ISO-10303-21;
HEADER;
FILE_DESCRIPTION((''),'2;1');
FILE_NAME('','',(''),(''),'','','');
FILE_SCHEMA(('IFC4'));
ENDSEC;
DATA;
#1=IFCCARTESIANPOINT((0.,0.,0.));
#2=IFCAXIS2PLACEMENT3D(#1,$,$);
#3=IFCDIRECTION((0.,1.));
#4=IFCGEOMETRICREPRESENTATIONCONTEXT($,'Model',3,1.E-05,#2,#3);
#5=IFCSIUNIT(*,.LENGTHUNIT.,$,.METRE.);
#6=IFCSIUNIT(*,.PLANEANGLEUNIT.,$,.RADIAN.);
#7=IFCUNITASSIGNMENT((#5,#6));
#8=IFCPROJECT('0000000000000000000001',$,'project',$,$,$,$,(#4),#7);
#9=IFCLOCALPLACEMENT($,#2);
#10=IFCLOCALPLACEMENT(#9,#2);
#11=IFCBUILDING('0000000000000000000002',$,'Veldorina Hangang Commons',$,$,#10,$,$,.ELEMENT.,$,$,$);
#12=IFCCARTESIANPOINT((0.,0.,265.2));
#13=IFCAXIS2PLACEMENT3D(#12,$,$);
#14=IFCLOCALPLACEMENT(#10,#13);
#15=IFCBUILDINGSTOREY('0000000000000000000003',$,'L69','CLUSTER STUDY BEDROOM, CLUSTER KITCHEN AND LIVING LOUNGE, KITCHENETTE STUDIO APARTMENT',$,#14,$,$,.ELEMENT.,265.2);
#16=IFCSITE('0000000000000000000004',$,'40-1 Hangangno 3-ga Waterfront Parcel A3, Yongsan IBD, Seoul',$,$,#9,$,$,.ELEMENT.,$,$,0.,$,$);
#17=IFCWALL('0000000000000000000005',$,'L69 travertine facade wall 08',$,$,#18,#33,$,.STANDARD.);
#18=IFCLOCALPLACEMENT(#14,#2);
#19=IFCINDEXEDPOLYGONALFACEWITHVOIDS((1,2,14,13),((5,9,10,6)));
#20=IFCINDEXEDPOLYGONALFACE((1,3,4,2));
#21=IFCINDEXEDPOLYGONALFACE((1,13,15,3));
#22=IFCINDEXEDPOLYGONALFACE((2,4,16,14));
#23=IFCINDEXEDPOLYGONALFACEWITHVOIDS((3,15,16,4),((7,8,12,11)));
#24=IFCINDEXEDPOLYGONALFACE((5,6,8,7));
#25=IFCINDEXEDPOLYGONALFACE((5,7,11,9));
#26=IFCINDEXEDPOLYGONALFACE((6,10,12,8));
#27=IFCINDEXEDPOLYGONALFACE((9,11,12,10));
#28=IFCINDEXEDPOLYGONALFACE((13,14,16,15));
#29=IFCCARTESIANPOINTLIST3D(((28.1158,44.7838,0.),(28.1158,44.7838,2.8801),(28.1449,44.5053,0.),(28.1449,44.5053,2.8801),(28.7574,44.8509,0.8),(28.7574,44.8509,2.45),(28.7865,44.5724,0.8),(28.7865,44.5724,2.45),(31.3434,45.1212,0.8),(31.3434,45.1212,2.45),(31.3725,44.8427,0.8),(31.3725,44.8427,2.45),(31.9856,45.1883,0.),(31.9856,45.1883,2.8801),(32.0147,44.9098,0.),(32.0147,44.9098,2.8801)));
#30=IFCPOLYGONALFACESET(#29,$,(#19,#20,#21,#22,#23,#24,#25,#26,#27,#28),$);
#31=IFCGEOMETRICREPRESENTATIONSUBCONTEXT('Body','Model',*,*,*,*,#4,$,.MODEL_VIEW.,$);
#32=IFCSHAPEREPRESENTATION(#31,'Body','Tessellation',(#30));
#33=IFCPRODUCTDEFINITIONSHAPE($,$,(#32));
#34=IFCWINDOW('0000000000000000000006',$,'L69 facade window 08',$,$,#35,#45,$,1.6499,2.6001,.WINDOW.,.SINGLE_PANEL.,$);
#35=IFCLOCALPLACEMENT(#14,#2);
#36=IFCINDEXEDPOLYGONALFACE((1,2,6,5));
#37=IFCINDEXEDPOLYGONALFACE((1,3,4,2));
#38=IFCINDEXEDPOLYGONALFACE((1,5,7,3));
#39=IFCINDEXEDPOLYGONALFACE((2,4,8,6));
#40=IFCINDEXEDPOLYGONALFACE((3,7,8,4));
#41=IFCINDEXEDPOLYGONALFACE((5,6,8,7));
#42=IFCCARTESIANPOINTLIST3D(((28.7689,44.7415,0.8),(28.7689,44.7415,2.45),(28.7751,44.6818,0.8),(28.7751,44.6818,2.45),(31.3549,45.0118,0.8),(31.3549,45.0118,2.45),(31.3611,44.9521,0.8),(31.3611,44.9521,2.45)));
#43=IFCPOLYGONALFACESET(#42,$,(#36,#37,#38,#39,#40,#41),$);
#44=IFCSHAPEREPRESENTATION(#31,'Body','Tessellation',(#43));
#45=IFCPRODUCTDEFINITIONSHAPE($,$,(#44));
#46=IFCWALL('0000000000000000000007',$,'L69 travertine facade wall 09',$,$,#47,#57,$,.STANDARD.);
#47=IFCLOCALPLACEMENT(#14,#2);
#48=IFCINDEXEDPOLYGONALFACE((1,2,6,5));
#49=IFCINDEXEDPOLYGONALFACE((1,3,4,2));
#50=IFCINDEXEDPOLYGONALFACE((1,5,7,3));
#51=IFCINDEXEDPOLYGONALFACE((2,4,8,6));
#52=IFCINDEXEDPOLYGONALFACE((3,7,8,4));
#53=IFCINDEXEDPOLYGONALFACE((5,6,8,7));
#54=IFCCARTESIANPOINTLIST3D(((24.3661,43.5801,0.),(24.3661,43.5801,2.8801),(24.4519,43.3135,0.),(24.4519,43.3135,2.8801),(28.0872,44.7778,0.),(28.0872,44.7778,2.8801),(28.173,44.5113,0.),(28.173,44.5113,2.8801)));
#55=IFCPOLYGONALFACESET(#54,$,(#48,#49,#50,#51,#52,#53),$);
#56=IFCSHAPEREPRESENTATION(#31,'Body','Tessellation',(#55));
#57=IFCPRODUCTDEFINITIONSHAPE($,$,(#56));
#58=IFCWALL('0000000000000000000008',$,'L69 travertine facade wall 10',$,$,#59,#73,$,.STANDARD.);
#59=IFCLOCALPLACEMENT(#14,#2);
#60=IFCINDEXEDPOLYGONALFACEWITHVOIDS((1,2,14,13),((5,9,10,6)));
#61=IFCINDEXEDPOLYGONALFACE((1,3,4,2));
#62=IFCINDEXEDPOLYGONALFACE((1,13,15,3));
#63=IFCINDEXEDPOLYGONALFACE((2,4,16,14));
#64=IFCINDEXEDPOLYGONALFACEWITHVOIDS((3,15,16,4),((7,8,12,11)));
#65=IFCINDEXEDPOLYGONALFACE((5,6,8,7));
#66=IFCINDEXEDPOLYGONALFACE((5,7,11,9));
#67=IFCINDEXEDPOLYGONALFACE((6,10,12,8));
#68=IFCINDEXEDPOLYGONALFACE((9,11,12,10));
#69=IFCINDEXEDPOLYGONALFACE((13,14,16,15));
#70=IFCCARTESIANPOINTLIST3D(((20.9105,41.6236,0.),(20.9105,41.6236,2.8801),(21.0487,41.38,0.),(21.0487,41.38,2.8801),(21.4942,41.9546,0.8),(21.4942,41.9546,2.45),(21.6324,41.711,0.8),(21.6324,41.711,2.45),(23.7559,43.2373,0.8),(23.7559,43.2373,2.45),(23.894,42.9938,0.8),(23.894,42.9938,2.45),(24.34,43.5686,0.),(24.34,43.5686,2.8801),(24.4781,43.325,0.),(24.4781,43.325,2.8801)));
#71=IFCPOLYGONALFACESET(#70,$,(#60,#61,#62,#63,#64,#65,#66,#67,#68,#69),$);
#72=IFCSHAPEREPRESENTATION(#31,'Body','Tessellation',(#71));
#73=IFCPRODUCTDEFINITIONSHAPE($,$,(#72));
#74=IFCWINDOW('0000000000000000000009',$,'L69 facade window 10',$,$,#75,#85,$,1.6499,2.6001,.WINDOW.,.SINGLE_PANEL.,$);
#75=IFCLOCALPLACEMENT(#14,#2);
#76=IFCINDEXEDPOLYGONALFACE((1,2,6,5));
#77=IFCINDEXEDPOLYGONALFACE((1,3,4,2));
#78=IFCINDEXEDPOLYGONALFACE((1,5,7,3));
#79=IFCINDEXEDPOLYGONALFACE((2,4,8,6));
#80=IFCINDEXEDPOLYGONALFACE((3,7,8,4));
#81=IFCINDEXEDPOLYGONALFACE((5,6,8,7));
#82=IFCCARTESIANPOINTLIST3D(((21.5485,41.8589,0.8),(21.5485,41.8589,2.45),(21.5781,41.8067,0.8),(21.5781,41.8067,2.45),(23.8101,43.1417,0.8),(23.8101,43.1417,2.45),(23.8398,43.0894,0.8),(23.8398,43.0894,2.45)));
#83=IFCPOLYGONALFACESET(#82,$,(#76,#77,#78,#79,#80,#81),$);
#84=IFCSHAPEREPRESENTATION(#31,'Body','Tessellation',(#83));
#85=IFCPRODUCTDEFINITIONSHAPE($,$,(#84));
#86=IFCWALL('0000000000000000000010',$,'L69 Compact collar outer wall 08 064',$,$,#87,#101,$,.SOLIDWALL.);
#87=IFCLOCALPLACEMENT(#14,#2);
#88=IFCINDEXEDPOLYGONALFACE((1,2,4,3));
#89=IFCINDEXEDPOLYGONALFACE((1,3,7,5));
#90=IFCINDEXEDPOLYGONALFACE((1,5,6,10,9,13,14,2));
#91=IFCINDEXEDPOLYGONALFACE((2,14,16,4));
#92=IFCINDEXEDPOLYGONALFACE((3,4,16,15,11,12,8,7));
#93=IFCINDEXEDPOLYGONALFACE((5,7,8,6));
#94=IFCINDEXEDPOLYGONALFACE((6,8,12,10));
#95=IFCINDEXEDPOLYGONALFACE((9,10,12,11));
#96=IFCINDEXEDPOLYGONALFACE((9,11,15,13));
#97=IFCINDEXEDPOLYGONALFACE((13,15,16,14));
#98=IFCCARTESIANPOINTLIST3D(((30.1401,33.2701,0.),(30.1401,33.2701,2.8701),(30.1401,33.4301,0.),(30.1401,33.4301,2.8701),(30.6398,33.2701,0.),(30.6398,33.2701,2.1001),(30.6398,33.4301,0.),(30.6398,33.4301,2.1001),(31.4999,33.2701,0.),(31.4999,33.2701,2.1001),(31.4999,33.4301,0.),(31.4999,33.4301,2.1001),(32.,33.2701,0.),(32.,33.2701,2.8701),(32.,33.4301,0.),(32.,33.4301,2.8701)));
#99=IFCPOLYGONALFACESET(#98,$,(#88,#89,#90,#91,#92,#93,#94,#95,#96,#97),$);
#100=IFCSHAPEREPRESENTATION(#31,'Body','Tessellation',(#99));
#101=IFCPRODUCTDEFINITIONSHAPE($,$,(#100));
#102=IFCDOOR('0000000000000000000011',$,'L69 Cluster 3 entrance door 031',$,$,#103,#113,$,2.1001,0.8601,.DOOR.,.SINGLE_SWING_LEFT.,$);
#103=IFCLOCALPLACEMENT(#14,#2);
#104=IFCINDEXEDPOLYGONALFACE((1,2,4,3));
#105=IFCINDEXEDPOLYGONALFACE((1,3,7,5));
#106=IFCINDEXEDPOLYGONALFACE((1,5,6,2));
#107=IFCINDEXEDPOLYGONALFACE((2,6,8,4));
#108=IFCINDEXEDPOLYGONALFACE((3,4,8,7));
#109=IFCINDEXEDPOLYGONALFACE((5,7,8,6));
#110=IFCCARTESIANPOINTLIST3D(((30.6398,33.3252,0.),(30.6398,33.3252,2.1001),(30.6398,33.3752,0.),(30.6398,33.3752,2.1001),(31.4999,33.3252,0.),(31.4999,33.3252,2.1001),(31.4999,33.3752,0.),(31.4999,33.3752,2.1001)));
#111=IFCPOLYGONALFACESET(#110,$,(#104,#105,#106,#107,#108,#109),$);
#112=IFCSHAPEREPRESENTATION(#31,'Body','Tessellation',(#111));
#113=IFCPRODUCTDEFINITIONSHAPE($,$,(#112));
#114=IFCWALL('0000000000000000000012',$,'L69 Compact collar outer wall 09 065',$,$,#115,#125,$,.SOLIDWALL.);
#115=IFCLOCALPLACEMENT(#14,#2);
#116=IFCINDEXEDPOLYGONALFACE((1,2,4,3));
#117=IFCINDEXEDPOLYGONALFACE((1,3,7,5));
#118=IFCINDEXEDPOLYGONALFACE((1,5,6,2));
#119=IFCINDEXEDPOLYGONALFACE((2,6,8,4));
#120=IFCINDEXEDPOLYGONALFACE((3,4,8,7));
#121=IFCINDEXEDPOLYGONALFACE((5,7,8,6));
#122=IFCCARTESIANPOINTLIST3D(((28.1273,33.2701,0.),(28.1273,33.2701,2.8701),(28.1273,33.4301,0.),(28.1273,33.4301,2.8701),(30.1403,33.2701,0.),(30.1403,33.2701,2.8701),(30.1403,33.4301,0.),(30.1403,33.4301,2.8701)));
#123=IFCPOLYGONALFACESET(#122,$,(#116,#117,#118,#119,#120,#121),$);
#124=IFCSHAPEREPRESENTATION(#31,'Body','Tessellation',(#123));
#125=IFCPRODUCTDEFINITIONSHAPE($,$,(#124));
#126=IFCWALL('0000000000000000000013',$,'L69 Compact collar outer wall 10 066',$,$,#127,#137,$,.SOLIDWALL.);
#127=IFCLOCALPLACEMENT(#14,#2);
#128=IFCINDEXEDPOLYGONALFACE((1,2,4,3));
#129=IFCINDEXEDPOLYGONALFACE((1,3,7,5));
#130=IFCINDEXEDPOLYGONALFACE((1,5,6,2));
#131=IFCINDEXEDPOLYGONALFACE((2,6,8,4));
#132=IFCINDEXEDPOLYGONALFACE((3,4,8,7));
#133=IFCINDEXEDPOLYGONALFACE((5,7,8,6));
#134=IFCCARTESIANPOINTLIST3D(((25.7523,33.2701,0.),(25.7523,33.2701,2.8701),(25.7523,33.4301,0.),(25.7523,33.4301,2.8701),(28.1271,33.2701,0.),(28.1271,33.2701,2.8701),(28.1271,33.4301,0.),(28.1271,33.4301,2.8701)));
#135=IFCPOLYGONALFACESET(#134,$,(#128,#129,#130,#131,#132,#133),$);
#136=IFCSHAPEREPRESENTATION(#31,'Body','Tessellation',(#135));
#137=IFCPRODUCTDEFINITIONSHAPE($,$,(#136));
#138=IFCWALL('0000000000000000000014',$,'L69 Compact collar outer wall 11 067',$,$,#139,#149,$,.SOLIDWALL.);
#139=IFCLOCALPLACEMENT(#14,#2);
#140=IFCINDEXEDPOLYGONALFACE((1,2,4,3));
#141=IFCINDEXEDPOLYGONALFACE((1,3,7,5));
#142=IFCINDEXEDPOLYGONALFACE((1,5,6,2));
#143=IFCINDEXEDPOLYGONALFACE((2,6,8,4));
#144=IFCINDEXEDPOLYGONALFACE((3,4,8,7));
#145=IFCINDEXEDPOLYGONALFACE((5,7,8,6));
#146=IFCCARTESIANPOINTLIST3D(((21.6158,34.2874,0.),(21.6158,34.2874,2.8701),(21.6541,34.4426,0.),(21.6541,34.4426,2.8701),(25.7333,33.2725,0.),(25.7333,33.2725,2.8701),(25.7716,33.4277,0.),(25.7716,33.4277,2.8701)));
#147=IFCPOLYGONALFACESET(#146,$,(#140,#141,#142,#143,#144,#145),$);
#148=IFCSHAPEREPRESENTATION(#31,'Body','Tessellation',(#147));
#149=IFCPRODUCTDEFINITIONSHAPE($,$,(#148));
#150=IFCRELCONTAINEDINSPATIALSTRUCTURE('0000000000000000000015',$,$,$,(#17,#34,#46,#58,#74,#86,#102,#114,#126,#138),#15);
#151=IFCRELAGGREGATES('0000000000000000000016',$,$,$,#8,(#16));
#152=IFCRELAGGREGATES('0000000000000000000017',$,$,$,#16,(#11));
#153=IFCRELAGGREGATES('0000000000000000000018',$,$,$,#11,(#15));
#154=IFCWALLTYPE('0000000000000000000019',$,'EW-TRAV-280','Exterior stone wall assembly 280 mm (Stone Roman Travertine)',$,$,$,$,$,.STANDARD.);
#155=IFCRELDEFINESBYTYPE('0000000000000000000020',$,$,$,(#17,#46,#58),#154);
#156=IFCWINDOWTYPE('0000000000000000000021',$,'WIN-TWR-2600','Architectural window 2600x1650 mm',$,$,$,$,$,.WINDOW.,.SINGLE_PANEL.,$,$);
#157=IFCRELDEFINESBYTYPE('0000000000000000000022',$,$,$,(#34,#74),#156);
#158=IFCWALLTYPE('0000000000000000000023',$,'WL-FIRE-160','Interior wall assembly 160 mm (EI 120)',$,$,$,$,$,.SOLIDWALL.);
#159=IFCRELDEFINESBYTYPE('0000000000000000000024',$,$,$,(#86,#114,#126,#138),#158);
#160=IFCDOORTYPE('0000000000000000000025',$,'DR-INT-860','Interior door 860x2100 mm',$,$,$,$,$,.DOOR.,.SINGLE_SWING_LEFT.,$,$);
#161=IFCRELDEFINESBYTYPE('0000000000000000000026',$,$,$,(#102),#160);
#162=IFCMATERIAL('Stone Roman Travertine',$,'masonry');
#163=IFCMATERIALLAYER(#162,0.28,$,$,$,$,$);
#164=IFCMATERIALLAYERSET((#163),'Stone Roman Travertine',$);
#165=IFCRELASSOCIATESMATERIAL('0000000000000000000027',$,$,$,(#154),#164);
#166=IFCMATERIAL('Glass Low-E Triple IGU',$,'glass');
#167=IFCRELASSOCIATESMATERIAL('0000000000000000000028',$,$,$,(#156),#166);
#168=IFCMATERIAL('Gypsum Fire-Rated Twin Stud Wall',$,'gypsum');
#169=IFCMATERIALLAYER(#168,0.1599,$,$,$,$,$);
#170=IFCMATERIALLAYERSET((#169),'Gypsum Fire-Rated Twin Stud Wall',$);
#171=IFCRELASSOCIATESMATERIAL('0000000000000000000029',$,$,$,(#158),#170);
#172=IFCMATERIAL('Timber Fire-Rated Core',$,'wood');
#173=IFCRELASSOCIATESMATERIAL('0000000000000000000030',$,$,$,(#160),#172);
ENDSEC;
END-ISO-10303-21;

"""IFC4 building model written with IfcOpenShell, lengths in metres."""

from ifc_helpers import new_model, si_unit, direction, frame, frame_2d, origin, place, context, subcontext, project, spatial, rectangle, extrude, material, layer, layer_set, type_object, element, fill, save


model = new_model("IFC4")

# Units and contexts
model_context = context("Model", 3, precision=1e-05, world=origin(), true_north=direction((0.0, 1.0)))
body_context = subcontext(model_context, "Body", "Model", "MODEL_VIEW")
ifc_project = project(units=[si_unit("LENGTHUNIT", "METRE"), si_unit("PLANEANGLEUNIT", "RADIAN")], contexts=[model_context])

# Site, building, storey
site_placement = place(None, origin())
site = spatial("IfcSite", under=ifc_project, at=site_placement, Name="40-1 Hangangno 3-ga Waterfront Parcel A3, Yongsan IBD, Seoul", CompositionType="ELEMENT", RefElevation=0.0)
building_placement = place(site_placement, origin())
building = spatial("IfcBuilding", under=site, at=building_placement, Name="Veldorina Hangang Commons", CompositionType="ELEMENT")
storey_placement = place(building_placement, frame((0.0, 0.0, 265.2)))
storey = spatial("IfcBuildingStorey", under=building, at=storey_placement, Name="L69", Description="CLUSTER STUDY BEDROOM, CLUSTER KITCHEN AND LIVING LOUNGE, KITCHENETTE STUDIO APARTMENT", CompositionType="ELEMENT", Elevation=265.2)

# Wall, opening, window
ifc_material_1 = material(Name="Stone Roman Travertine", Category="masonry")
ifc_layer_1 = layer(ifc_material_1, 0.28)
ifc_layer_set_1 = layer_set([ifc_layer_1], Name="Stone Roman Travertine")
wall_type_1 = type_object("IfcWallType", Name="EW-TRAV-280", Description="Exterior stone wall assembly 280 mm (Stone Roman Travertine)", PredefinedType="STANDARD", material=ifc_layer_set_1)
wall_1_placement = place(storey_placement, frame((32.0, 45.0491, 0.0), z_axis=(0.0, 0.0, 1.0), x_axis=(-0.99458, -0.103969, 0.0)))
wall_1 = element("IfcWall", 1, at=wall_1_placement, inside=storey, type_object=wall_type_1, Name="L69 travertine facade wall 08", PredefinedType="STANDARD", context=body_context, shape_type="SweptSolid", body=[
    extrude(rectangle(XDim=3.8909, YDim=0.28, at=frame_2d((1.9453, 0.0))), origin(), (0.0, 0.0, 1.0), 2.8801),
])
opening_1_placement = place(wall_1_placement, frame((0.6455, 0.0, 0.8)))
opening_1 = element("IfcOpeningElement", 2, at=opening_1_placement, cuts=wall_1, PredefinedType="OPENING", context=body_context, shape_type="SweptSolid", body=[
    extrude(rectangle(XDim=2.6001, YDim=1.6499, at=frame_2d((1.3, 0.825))), frame((0.0, 0.1499, 0.0), z_axis=(0.0, -1.0, 0.0), x_axis=(1.0, 0.0, 0.0)), (0.0, 0.0, 1.0), 0.3),
])
ifc_material_2 = material(Name="Glass Low-E Triple IGU", Category="glass")
window_type = type_object("IfcWindowType", Name="WIN-TWR-2600", Description="Architectural window 2600x1650 mm", PartitioningType="SINGLE_PANEL", PredefinedType="WINDOW", material=ifc_material_2)
window_1_placement = place(opening_1_placement, origin())
window_1 = element("IfcWindow", 3, at=window_1_placement, inside=storey, type_object=window_type, Name="L69 facade window 08", OverallHeight=1.6499, OverallWidth=2.6001, PartitioningType="SINGLE_PANEL", PredefinedType="WINDOW", context=body_context, shape_type="SweptSolid", body=[
    extrude(rectangle(XDim=2.6001, YDim=1.6499, at=frame_2d((1.3, 0.825))), frame((0.0, 0.03, 0.0), z_axis=(0.0, -1.0, 0.0), x_axis=(1.0, 0.0, 0.0)), (0.0, 0.0, 1.0), 0.0601),
])
fill(opening_1, window_1)

# Wall
wall_2_placement = place(storey_placement, frame((28.1301, 44.6445, 0.0), z_axis=(0.0, 0.0, 1.0), x_axis=(-0.951905, -0.306393, 0.0)))
element("IfcWall", 4, at=wall_2_placement, inside=storey, type_object=wall_type_1, Name="L69 travertine facade wall 09", PredefinedType="STANDARD", context=body_context, shape_type="SweptSolid", body=[
    extrude(rectangle(XDim=3.9092, YDim=0.28, at=frame_2d((1.9546, 0.0))), origin(), (0.0, 0.0, 1.0), 2.8801),
])

# Wall, opening, window
wall_3_placement = place(storey_placement, frame((24.4089, 43.4468, 0.0), z_axis=(0.0, 0.0, 1.0), x_axis=(-0.869835, -0.493342, 0.0)))
wall_3 = element("IfcWall", 5, at=wall_3_placement, inside=storey, type_object=wall_type_1, Name="L69 travertine facade wall 10", PredefinedType="STANDARD", context=body_context, shape_type="SweptSolid", body=[
    extrude(rectangle(XDim=3.9426, YDim=0.28, at=frame_2d((1.9712, 0.0))), origin(), (0.0, 0.0, 1.0), 2.8801),
])
opening_2_placement = place(wall_3_placement, frame((0.6714, 0.0, 0.8)))
opening_2 = element("IfcOpeningElement", 6, at=opening_2_placement, cuts=wall_3, PredefinedType="OPENING", context=body_context, shape_type="SweptSolid", body=[
    extrude(rectangle(XDim=2.6001, YDim=1.6499, at=frame_2d((1.3, 0.825))), frame((0.0, 0.1499, 0.0), z_axis=(0.0, -1.0, 0.0), x_axis=(1.0, 0.0, 0.0)), (0.0, 0.0, 1.0), 0.3),
])
window_2_placement = place(opening_2_placement, origin())
window_2 = element("IfcWindow", 7, at=window_2_placement, inside=storey, type_object=window_type, Name="L69 facade window 10", OverallHeight=1.6499, OverallWidth=2.6001, PartitioningType="SINGLE_PANEL", PredefinedType="WINDOW", context=body_context, shape_type="SweptSolid", body=[
    extrude(rectangle(XDim=2.6001, YDim=1.6499, at=frame_2d((1.3, 0.825))), frame((0.0, 0.03, 0.0), z_axis=(0.0, -1.0, 0.0), x_axis=(1.0, 0.0, 0.0)), (0.0, 0.0, 1.0), 0.0601),
])
fill(opening_2, window_2)

# Wall, opening, door
ifc_material_3 = material(Name="Gypsum Fire-Rated Twin Stud Wall", Category="gypsum")
ifc_layer_2 = layer(ifc_material_3, 0.1599)
ifc_layer_set_2 = layer_set([ifc_layer_2], Name="Gypsum Fire-Rated Twin Stud Wall")
wall_type_2 = type_object("IfcWallType", Name="WL-FIRE-160", Description="Interior wall assembly 160 mm (EI 120)", PredefinedType="SOLIDWALL", material=ifc_layer_set_2)
wall_4_placement = place(storey_placement, frame((32.0, 33.3501, 0.0), z_axis=(0.0, 0.0, 1.0), x_axis=(-1.0, 0.0, 0.0)))
wall_4 = element("IfcWall", 8, at=wall_4_placement, inside=storey, type_object=wall_type_2, Name="L69 Compact collar outer wall 08 064", PredefinedType="SOLIDWALL", context=body_context, shape_type="SweptSolid", body=[
    extrude(rectangle(XDim=1.8599, YDim=0.1599, at=frame_2d((0.9299, 0.0))), origin(), (0.0, 0.0, 1.0), 2.8701),
])
opening_3_placement = place(wall_4_placement, frame((0.5, 0.0, 0.0)))
opening_3 = element("IfcOpeningElement", 9, at=opening_3_placement, cuts=wall_4, PredefinedType="OPENING", context=body_context, shape_type="SweptSolid", body=[
    extrude(rectangle(XDim=0.8601, YDim=2.1001, at=frame_2d((0.4302, 1.05))), frame((0.0, 0.0898, 0.0), z_axis=(0.0, -1.0, 0.0), x_axis=(1.0, 0.0, 0.0)), (0.0, 0.0, 1.0), 0.1799),
])
ifc_material_4 = material(Name="Timber Fire-Rated Core", Category="wood")
door_type_1 = type_object("IfcDoorType", Name="DR-INT-860", Description="Interior door 860x2100 mm", OperationType="SINGLE_SWING_LEFT", PredefinedType="DOOR", material=ifc_material_4)
door_1_placement = place(opening_3_placement, origin())
door_1 = element("IfcDoor", 10, at=door_1_placement, inside=storey, type_object=door_type_1, Name="L69 Cluster 3 entrance door 031", OperationType="SINGLE_SWING_LEFT", OverallHeight=2.1001, OverallWidth=0.8601, PredefinedType="DOOR", context=body_context, shape_type="SweptSolid", body=[
    extrude(rectangle(XDim=0.8601, YDim=2.1001, at=frame_2d((0.4302, 1.05))), frame((0.0, 0.0249, 0.0), z_axis=(0.0, -1.0, 0.0), x_axis=(1.0, 0.0, 0.0)), (0.0, 0.0, 1.0), 0.05),
])
fill(opening_3, door_1)

# Walls
wall_5_placement = place(storey_placement, frame((30.1401, 33.3501, 0.0), z_axis=(0.0, 0.0, 1.0), x_axis=(-1.0, 0.0, 0.0)))
element("IfcWall", 11, at=wall_5_placement, inside=storey, type_object=wall_type_2, Name="L69 Compact collar outer wall 09 065", PredefinedType="SOLIDWALL", context=body_context, shape_type="SweptSolid", body=[
    extrude(rectangle(XDim=2.0129, YDim=0.1599, at=frame_2d((1.0063, 0.0))), origin(), (0.0, 0.0, 1.0), 2.8701),
])
wall_6_placement = place(storey_placement, frame((28.1272, 33.3501, 0.0), z_axis=(0.0, 0.0, 1.0), x_axis=(-1.0, 0.0, 0.0)))
element("IfcWall", 12, at=wall_6_placement, inside=storey, type_object=wall_type_2, Name="L69 Compact collar outer wall 10 066", PredefinedType="SOLIDWALL", context=body_context, shape_type="SweptSolid", body=[
    extrude(rectangle(XDim=2.3748, YDim=0.1599, at=frame_2d((1.1875, 0.0))), origin(), (0.0, 0.0, 1.0), 2.8701),
])
wall_7_placement = place(storey_placement, frame((25.7524, 33.3501, 0.0), z_axis=(0.0, 0.0, 1.0), x_axis=(-0.97094, 0.239324, 0.0)))
element("IfcWall", 13, at=wall_7_placement, inside=storey, type_object=wall_type_2, Name="L69 Compact collar outer wall 11 067", PredefinedType="SOLIDWALL", context=body_context, shape_type="SweptSolid", body=[
    extrude(rectangle(XDim=4.2407, YDim=0.1599, at=frame_2d((2.1204, 0.0))), origin(), (0.0, 0.0, 1.0), 2.8701),
])

save(model, "model.ifc")
